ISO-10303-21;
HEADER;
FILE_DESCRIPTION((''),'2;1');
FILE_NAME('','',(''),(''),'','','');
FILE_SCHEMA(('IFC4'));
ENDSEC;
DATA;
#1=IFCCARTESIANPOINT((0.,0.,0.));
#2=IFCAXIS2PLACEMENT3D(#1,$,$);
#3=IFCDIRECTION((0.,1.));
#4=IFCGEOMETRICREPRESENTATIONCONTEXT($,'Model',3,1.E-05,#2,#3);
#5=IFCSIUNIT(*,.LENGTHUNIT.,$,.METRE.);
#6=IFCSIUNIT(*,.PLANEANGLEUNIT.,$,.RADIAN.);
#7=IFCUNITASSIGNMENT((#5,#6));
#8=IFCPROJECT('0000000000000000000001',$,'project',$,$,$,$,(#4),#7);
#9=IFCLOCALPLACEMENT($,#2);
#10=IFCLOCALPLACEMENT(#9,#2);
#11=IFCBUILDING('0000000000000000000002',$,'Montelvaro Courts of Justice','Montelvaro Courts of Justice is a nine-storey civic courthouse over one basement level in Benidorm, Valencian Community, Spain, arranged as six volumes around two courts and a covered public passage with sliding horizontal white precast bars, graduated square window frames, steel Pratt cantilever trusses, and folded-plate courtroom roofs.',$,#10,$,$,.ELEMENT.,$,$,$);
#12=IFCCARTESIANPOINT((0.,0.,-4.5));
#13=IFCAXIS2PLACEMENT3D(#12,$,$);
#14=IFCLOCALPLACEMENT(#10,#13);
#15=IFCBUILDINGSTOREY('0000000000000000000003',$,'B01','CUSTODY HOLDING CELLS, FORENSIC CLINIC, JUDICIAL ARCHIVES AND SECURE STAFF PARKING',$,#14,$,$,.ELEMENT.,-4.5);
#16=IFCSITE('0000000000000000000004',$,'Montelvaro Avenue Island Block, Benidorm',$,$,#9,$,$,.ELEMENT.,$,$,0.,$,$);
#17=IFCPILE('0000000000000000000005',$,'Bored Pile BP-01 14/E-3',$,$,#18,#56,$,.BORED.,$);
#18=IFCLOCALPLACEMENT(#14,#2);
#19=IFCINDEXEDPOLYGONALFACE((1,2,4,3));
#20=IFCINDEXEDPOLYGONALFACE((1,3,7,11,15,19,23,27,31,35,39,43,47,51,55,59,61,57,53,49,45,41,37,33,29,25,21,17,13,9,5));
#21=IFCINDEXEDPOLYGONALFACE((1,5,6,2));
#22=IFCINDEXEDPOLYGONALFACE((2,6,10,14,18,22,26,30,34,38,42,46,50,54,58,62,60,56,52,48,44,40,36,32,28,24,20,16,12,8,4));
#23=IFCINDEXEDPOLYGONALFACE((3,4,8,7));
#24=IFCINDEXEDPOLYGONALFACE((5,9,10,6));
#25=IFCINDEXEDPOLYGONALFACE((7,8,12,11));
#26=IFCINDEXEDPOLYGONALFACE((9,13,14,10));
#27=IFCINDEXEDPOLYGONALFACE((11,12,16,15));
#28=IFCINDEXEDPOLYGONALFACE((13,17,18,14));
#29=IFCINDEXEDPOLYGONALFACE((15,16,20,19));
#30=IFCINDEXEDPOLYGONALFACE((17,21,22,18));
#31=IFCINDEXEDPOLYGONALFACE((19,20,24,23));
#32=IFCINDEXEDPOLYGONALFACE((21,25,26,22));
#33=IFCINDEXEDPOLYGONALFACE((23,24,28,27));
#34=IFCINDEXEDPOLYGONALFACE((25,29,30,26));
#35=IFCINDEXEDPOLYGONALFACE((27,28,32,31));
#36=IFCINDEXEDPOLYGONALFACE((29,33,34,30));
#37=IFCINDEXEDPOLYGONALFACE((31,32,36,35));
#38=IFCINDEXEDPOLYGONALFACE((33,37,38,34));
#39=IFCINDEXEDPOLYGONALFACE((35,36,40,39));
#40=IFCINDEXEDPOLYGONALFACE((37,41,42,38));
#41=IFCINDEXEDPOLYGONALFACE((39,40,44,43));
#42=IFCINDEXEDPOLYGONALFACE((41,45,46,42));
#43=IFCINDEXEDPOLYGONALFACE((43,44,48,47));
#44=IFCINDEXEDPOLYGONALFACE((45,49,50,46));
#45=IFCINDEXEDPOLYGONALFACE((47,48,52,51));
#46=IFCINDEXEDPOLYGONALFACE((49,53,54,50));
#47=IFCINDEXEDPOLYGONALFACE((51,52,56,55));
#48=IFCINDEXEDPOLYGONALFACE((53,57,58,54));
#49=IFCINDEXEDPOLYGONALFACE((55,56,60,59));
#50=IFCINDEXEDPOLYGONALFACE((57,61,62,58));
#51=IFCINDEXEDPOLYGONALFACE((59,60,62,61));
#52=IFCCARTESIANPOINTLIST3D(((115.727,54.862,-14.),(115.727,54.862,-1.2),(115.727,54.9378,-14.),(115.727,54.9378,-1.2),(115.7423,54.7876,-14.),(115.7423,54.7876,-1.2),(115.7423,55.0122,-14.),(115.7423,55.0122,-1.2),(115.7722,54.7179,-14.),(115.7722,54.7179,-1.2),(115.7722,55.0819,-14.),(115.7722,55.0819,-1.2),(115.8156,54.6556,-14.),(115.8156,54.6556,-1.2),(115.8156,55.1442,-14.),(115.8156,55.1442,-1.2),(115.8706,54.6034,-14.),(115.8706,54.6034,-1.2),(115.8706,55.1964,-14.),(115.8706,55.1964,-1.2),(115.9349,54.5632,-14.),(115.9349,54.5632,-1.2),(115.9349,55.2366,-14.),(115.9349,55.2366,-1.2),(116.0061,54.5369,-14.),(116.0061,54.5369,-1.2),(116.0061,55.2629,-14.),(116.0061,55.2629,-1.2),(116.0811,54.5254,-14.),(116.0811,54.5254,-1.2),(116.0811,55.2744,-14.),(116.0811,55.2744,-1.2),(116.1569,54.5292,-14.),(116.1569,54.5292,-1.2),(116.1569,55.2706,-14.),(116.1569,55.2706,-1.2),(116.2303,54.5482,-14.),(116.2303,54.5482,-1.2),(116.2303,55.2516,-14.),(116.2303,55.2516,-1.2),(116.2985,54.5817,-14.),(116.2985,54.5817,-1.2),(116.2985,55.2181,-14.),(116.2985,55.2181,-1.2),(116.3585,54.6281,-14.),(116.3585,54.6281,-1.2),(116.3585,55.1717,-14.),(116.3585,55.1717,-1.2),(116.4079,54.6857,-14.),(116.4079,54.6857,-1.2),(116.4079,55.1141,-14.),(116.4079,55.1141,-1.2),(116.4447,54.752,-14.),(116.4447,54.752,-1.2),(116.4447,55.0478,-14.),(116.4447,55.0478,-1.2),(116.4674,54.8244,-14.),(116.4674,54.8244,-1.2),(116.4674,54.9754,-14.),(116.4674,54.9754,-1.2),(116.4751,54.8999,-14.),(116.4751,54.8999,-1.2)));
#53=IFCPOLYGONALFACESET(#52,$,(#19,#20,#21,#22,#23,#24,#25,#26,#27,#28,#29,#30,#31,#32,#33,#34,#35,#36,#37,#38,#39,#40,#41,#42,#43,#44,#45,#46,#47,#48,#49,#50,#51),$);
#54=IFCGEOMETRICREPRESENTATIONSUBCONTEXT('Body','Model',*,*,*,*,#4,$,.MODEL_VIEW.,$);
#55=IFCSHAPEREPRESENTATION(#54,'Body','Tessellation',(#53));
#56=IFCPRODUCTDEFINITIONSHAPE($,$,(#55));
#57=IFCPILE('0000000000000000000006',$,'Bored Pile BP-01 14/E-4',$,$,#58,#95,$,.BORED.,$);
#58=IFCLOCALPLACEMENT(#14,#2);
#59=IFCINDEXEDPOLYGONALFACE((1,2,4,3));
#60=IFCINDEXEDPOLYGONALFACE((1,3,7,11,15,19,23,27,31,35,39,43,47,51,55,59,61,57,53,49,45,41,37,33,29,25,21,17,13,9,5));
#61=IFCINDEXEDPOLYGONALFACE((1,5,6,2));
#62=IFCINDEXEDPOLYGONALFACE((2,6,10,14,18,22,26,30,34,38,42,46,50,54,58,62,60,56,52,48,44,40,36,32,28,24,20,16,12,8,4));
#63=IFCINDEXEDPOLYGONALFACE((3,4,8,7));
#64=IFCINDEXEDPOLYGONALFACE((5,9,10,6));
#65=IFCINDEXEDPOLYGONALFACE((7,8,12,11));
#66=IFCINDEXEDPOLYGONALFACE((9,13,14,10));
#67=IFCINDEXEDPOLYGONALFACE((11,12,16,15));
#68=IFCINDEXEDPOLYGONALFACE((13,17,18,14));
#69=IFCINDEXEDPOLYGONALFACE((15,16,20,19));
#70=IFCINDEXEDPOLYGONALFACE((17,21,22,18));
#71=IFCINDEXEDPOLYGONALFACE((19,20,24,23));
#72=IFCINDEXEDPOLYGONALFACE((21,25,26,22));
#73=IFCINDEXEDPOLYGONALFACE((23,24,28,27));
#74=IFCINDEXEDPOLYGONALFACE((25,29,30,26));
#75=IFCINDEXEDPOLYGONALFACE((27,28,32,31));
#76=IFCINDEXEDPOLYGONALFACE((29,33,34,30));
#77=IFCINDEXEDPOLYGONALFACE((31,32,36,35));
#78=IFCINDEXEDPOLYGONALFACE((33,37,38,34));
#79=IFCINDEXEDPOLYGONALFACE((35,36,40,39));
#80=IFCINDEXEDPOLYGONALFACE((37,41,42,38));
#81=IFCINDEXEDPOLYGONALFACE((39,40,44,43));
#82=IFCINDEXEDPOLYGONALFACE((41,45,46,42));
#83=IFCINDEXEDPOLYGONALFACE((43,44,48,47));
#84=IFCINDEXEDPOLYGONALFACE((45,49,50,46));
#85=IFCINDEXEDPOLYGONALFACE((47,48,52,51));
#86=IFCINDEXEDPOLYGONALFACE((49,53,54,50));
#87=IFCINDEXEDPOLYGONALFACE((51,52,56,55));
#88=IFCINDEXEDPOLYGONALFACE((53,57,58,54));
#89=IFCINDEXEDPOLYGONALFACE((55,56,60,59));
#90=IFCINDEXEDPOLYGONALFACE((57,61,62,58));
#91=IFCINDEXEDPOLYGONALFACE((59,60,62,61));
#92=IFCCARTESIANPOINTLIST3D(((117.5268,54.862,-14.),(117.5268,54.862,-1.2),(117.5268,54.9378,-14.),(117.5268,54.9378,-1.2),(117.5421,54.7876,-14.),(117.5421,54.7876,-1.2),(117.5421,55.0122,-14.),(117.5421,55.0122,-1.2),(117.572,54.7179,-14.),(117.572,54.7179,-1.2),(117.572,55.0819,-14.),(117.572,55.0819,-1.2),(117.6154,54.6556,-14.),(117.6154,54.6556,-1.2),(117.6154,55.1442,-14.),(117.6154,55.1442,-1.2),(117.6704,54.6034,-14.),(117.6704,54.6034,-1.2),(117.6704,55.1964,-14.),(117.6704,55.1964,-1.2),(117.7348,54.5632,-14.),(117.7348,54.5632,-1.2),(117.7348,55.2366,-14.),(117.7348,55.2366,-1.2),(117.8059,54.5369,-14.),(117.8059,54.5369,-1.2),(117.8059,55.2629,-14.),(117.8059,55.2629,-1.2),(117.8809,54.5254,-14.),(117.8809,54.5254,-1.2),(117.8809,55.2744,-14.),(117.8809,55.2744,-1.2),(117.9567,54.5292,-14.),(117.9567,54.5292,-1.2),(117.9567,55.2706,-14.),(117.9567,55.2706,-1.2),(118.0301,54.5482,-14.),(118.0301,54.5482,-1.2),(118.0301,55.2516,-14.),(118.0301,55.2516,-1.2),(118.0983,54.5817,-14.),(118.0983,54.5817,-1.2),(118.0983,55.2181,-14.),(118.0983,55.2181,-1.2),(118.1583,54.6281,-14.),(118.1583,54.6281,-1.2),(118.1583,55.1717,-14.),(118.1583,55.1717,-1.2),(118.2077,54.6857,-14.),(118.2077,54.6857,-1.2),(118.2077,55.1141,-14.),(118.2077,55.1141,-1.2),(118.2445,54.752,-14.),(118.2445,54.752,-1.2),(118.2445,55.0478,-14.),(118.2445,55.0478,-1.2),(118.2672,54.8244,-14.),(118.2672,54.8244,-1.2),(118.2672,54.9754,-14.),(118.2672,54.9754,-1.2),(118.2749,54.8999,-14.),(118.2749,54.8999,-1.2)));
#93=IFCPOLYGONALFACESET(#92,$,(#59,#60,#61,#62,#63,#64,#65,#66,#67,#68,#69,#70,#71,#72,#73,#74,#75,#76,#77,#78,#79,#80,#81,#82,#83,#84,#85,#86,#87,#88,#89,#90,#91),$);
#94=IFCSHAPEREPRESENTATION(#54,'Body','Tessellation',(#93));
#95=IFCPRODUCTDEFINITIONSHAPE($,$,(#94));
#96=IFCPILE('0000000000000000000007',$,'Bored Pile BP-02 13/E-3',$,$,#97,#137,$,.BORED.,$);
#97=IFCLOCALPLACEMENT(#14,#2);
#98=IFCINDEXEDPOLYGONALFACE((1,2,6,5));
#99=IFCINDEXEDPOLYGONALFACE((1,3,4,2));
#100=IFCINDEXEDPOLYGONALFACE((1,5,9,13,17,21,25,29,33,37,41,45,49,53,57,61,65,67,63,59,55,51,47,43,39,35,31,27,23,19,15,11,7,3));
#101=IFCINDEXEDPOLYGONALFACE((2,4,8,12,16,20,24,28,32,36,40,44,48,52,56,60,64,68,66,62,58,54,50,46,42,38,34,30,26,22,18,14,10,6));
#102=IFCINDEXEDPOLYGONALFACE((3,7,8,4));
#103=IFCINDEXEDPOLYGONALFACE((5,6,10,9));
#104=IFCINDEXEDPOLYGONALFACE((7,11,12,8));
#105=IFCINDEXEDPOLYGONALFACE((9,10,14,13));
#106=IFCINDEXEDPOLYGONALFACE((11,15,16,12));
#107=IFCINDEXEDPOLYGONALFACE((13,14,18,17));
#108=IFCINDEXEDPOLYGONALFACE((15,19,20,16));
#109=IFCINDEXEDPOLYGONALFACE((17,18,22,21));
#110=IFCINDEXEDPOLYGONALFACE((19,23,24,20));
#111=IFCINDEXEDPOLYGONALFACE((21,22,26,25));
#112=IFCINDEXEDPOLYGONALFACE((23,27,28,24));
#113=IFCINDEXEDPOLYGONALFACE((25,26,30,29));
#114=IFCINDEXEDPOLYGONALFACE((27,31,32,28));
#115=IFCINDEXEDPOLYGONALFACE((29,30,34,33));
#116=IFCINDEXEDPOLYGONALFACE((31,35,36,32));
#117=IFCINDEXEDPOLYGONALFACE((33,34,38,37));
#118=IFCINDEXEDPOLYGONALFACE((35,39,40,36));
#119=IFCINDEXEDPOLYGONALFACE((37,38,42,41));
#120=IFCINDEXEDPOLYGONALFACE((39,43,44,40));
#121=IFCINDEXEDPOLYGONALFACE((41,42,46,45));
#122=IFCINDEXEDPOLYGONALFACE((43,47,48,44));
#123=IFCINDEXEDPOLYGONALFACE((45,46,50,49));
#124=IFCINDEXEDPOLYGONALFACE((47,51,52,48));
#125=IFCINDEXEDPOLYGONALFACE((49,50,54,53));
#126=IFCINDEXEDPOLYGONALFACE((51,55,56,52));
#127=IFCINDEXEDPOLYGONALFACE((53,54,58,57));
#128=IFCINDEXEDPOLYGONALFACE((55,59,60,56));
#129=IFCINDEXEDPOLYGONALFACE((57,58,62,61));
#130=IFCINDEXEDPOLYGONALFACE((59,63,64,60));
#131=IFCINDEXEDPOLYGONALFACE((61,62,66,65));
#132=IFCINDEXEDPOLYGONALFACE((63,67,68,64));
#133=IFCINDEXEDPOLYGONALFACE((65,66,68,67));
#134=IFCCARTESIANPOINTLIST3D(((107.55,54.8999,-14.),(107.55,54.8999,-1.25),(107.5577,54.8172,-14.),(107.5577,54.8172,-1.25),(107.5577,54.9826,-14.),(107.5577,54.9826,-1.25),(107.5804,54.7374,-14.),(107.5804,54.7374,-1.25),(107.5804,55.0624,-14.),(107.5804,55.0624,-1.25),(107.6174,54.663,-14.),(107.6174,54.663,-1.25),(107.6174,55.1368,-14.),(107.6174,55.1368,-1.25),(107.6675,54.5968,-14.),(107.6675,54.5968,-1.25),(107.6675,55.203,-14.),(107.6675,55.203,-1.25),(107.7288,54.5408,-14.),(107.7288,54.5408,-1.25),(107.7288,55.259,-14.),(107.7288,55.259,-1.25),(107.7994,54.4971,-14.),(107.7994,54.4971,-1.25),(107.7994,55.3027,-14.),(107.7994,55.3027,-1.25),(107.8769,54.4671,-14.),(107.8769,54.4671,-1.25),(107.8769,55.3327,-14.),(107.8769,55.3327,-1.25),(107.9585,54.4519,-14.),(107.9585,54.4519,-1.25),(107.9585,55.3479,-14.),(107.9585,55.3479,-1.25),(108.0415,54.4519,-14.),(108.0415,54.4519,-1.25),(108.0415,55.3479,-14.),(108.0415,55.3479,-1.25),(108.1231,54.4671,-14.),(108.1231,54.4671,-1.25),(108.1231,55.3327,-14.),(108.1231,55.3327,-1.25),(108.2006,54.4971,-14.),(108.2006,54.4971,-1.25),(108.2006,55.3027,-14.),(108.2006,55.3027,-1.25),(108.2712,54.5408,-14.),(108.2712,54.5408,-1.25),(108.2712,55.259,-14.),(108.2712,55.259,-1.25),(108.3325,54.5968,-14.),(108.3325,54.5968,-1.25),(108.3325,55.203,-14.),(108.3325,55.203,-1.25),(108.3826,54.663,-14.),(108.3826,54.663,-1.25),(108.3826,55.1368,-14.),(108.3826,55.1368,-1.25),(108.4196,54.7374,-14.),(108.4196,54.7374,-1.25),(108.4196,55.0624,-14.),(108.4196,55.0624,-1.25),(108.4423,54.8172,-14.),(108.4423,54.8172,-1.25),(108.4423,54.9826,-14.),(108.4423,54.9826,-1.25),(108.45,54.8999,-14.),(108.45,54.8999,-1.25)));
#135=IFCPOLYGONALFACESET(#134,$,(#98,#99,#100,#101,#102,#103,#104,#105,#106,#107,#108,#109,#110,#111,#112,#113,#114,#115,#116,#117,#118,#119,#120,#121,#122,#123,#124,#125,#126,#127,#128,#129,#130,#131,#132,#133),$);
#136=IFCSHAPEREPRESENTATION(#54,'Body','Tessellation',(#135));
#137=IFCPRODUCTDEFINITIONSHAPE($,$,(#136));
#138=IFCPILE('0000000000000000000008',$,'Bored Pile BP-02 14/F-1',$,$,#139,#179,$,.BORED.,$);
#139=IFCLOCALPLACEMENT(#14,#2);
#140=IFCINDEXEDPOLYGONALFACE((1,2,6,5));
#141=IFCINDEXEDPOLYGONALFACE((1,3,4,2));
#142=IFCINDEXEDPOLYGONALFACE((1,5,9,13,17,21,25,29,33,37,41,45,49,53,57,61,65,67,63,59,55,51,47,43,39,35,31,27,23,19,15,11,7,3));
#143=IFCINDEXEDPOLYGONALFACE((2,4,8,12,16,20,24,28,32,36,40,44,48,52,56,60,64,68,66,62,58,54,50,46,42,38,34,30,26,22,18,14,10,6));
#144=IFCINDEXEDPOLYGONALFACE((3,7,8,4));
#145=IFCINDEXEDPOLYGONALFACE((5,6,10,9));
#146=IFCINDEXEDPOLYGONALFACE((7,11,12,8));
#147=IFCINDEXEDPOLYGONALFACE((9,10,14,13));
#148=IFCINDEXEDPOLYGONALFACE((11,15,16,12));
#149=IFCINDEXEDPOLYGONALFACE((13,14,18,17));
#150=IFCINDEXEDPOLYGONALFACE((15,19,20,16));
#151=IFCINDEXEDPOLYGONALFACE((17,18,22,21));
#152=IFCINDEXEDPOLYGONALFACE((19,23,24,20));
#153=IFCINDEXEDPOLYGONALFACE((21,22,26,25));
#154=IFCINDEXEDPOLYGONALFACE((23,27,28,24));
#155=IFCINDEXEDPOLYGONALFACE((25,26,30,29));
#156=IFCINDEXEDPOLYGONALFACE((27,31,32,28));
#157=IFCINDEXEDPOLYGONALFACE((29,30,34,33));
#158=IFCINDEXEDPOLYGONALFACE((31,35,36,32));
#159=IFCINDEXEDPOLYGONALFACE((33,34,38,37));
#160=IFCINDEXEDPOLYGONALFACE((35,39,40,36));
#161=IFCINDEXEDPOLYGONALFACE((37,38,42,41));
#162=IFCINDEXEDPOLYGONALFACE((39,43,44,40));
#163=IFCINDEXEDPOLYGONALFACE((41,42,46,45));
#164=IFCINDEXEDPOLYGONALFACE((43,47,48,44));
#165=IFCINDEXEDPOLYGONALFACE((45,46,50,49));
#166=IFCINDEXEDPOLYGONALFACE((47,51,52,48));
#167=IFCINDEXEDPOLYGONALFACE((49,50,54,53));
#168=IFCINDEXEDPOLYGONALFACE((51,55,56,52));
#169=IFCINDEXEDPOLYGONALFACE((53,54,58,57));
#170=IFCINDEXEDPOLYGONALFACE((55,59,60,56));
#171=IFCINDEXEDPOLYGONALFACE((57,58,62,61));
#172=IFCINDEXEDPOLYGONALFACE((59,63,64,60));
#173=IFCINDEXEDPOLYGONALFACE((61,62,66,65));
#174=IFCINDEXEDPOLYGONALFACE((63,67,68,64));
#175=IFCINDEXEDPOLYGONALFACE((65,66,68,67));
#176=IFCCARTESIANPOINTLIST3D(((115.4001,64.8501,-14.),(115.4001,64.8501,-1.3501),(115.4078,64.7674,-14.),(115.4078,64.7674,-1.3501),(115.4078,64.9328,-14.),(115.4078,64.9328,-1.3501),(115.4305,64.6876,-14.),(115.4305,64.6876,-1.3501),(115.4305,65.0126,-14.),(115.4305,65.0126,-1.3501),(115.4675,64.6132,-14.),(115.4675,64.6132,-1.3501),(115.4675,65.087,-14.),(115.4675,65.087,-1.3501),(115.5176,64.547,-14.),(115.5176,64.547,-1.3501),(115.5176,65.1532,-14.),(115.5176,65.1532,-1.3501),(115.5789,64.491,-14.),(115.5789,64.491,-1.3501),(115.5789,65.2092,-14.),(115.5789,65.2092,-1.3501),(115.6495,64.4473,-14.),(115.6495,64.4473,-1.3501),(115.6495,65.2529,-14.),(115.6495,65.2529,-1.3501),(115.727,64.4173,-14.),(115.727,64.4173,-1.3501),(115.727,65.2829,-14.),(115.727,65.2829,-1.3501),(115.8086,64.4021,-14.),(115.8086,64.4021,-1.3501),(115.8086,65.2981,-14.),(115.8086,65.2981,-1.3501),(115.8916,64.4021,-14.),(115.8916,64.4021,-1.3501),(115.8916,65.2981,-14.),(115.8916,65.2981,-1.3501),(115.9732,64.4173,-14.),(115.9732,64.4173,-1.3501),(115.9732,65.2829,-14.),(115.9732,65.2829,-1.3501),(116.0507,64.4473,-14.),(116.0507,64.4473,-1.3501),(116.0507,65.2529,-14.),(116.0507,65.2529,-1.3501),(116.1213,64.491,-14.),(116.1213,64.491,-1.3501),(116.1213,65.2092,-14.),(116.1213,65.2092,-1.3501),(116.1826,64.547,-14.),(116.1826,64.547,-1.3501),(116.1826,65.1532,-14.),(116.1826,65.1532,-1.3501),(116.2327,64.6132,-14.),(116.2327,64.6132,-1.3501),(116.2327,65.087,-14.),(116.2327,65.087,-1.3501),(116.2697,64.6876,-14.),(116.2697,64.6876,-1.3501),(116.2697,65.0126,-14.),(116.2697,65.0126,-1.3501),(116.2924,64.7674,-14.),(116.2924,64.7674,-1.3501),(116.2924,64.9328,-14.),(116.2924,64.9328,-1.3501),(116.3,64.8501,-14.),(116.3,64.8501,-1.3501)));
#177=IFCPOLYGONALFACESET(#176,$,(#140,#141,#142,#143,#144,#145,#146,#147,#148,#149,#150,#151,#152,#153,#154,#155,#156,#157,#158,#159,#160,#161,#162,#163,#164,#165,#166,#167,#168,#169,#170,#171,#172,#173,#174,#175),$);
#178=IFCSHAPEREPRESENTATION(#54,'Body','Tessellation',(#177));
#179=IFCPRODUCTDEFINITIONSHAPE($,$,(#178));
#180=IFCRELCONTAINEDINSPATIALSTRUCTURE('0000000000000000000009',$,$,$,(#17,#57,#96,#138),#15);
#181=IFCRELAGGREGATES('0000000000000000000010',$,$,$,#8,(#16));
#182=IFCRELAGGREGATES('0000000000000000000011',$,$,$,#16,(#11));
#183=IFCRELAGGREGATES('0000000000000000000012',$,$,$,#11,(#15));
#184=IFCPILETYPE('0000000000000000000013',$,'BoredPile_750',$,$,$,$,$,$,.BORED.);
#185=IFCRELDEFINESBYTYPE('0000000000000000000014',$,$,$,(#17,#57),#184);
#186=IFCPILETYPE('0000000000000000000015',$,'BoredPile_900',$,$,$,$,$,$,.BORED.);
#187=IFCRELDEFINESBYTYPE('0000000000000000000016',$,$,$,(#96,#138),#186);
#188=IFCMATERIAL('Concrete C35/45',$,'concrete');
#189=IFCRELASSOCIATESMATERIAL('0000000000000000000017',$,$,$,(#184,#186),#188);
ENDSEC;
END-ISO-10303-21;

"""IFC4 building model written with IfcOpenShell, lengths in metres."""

from ifc_helpers import new_model, si_unit, direction, frame, origin, origin_2d, place, context, subcontext, project, spatial, circle, extrude, material, material_profile, profile_set, type_object, element, save


model = new_model("IFC4")

# Units and contexts
model_context = context("Model", 3, precision=1e-05, world=origin(), true_north=direction((0.0, 1.0)))
body_context = subcontext(model_context, "Body", "Model", "MODEL_VIEW")
ifc_project = project(units=[si_unit("LENGTHUNIT", "METRE"), si_unit("PLANEANGLEUNIT", "RADIAN")], contexts=[model_context])

# Site, building, storey
site_placement = place(None, origin())
site = spatial("IfcSite", under=ifc_project, at=site_placement, Name="Montelvaro Avenue Island Block, Benidorm", CompositionType="ELEMENT", RefElevation=0.0)
building_placement = place(site_placement, origin())
building = spatial("IfcBuilding", under=site, at=building_placement, Name="Montelvaro Courts of Justice", Description="Montelvaro Courts of Justice is a nine-storey civic courthouse over one basement level in Benidorm, Valencian Community, Spain, arranged as six volumes around two courts and a covered public passage with sliding horizontal white precast bars, graduated square window frames, steel Pratt cantilever trusses, and folded-plate courtroom roofs.", CompositionType="ELEMENT")
storey_placement = place(building_placement, frame((0.0, 0.0, -4.5)))
storey = spatial("IfcBuildingStorey", under=building, at=storey_placement, Name="B01", Description="CUSTODY HOLDING CELLS, FORENSIC CLINIC, JUDICIAL ARCHIVES AND SECURE STAFF PARKING", CompositionType="ELEMENT", Elevation=-4.5)

# Piles
ifc_material_1 = material(Name="Concrete C35/45", Category="concrete")
ifc_material_profile_1 = material_profile(ifc_material_1, circle(Radius=0.375, at=origin_2d()), Name="BORED PILE D750")
ifc_profile_set_1 = profile_set([ifc_material_profile_1], Name="Concrete C35/45")
pile_type_1 = type_object("IfcPileType", Name="BoredPile_750", PredefinedType="BORED", material=ifc_profile_set_1)
for number, where, z_axis, x_axis, name in (
    (1, (116.1001, 54.8999, -1.2), (0.0, 0.0, -1.0), (1.0, 0.0, 0.0), "Bored Pile BP-01 14/E-3"),
    (2, (117.8999, 54.8999, -1.2), (0.0, 0.0, -1.0), (1.0, 0.0, 0.0), "Bored Pile BP-01 14/E-4"),
):
    element("IfcPile", number, at=place(storey_placement, frame(where, z_axis=z_axis, x_axis=x_axis)), inside=storey, type_object=pile_type_1, Name=name, PredefinedType="BORED", context=body_context, shape_type="SweptSolid", body=[
        extrude(circle(Radius=0.375, at=origin_2d()), origin(), (0.0, 0.0, 1.0), 12.8),
    ])
ifc_material_profile_2 = material_profile(ifc_material_1, circle(Radius=0.45, at=origin_2d()), Name="BORED PILE D900")
ifc_profile_set_2 = profile_set([ifc_material_profile_2], Name="Concrete C35/45")
pile_type_2 = type_object("IfcPileType", Name="BoredPile_900", PredefinedType="BORED", material=ifc_profile_set_2)
pile_1_placement = place(storey_placement, frame((108.0, 54.8999, -1.25), z_axis=(0.0, 0.0, -1.0), x_axis=(1.0, 0.0, 0.0)))
element("IfcPile", 3, at=pile_1_placement, inside=storey, type_object=pile_type_2, Name="Bored Pile BP-02 13/E-3", PredefinedType="BORED", context=body_context, shape_type="SweptSolid", body=[
    extrude(circle(Radius=0.45, at=origin_2d()), origin(), (0.0, 0.0, 1.0), 12.75),
])
for number, where, z_axis, x_axis, name in (
    (4, (115.8501, 64.8501, -1.3501), (0.0, 0.0, -1.0), (1.0, 0.0, 0.0), "Bored Pile BP-02 14/F-1"),
):
    element("IfcPile", number, at=place(storey_placement, frame(where, z_axis=z_axis, x_axis=x_axis)), inside=storey, type_object=pile_type_2, Name=name, PredefinedType="BORED", context=body_context, shape_type="SweptSolid", body=[
        extrude(circle(Radius=0.45, at=origin_2d()), origin(), (0.0, 0.0, 1.0), 12.6499),
    ])

save(model, "model.ifc")
